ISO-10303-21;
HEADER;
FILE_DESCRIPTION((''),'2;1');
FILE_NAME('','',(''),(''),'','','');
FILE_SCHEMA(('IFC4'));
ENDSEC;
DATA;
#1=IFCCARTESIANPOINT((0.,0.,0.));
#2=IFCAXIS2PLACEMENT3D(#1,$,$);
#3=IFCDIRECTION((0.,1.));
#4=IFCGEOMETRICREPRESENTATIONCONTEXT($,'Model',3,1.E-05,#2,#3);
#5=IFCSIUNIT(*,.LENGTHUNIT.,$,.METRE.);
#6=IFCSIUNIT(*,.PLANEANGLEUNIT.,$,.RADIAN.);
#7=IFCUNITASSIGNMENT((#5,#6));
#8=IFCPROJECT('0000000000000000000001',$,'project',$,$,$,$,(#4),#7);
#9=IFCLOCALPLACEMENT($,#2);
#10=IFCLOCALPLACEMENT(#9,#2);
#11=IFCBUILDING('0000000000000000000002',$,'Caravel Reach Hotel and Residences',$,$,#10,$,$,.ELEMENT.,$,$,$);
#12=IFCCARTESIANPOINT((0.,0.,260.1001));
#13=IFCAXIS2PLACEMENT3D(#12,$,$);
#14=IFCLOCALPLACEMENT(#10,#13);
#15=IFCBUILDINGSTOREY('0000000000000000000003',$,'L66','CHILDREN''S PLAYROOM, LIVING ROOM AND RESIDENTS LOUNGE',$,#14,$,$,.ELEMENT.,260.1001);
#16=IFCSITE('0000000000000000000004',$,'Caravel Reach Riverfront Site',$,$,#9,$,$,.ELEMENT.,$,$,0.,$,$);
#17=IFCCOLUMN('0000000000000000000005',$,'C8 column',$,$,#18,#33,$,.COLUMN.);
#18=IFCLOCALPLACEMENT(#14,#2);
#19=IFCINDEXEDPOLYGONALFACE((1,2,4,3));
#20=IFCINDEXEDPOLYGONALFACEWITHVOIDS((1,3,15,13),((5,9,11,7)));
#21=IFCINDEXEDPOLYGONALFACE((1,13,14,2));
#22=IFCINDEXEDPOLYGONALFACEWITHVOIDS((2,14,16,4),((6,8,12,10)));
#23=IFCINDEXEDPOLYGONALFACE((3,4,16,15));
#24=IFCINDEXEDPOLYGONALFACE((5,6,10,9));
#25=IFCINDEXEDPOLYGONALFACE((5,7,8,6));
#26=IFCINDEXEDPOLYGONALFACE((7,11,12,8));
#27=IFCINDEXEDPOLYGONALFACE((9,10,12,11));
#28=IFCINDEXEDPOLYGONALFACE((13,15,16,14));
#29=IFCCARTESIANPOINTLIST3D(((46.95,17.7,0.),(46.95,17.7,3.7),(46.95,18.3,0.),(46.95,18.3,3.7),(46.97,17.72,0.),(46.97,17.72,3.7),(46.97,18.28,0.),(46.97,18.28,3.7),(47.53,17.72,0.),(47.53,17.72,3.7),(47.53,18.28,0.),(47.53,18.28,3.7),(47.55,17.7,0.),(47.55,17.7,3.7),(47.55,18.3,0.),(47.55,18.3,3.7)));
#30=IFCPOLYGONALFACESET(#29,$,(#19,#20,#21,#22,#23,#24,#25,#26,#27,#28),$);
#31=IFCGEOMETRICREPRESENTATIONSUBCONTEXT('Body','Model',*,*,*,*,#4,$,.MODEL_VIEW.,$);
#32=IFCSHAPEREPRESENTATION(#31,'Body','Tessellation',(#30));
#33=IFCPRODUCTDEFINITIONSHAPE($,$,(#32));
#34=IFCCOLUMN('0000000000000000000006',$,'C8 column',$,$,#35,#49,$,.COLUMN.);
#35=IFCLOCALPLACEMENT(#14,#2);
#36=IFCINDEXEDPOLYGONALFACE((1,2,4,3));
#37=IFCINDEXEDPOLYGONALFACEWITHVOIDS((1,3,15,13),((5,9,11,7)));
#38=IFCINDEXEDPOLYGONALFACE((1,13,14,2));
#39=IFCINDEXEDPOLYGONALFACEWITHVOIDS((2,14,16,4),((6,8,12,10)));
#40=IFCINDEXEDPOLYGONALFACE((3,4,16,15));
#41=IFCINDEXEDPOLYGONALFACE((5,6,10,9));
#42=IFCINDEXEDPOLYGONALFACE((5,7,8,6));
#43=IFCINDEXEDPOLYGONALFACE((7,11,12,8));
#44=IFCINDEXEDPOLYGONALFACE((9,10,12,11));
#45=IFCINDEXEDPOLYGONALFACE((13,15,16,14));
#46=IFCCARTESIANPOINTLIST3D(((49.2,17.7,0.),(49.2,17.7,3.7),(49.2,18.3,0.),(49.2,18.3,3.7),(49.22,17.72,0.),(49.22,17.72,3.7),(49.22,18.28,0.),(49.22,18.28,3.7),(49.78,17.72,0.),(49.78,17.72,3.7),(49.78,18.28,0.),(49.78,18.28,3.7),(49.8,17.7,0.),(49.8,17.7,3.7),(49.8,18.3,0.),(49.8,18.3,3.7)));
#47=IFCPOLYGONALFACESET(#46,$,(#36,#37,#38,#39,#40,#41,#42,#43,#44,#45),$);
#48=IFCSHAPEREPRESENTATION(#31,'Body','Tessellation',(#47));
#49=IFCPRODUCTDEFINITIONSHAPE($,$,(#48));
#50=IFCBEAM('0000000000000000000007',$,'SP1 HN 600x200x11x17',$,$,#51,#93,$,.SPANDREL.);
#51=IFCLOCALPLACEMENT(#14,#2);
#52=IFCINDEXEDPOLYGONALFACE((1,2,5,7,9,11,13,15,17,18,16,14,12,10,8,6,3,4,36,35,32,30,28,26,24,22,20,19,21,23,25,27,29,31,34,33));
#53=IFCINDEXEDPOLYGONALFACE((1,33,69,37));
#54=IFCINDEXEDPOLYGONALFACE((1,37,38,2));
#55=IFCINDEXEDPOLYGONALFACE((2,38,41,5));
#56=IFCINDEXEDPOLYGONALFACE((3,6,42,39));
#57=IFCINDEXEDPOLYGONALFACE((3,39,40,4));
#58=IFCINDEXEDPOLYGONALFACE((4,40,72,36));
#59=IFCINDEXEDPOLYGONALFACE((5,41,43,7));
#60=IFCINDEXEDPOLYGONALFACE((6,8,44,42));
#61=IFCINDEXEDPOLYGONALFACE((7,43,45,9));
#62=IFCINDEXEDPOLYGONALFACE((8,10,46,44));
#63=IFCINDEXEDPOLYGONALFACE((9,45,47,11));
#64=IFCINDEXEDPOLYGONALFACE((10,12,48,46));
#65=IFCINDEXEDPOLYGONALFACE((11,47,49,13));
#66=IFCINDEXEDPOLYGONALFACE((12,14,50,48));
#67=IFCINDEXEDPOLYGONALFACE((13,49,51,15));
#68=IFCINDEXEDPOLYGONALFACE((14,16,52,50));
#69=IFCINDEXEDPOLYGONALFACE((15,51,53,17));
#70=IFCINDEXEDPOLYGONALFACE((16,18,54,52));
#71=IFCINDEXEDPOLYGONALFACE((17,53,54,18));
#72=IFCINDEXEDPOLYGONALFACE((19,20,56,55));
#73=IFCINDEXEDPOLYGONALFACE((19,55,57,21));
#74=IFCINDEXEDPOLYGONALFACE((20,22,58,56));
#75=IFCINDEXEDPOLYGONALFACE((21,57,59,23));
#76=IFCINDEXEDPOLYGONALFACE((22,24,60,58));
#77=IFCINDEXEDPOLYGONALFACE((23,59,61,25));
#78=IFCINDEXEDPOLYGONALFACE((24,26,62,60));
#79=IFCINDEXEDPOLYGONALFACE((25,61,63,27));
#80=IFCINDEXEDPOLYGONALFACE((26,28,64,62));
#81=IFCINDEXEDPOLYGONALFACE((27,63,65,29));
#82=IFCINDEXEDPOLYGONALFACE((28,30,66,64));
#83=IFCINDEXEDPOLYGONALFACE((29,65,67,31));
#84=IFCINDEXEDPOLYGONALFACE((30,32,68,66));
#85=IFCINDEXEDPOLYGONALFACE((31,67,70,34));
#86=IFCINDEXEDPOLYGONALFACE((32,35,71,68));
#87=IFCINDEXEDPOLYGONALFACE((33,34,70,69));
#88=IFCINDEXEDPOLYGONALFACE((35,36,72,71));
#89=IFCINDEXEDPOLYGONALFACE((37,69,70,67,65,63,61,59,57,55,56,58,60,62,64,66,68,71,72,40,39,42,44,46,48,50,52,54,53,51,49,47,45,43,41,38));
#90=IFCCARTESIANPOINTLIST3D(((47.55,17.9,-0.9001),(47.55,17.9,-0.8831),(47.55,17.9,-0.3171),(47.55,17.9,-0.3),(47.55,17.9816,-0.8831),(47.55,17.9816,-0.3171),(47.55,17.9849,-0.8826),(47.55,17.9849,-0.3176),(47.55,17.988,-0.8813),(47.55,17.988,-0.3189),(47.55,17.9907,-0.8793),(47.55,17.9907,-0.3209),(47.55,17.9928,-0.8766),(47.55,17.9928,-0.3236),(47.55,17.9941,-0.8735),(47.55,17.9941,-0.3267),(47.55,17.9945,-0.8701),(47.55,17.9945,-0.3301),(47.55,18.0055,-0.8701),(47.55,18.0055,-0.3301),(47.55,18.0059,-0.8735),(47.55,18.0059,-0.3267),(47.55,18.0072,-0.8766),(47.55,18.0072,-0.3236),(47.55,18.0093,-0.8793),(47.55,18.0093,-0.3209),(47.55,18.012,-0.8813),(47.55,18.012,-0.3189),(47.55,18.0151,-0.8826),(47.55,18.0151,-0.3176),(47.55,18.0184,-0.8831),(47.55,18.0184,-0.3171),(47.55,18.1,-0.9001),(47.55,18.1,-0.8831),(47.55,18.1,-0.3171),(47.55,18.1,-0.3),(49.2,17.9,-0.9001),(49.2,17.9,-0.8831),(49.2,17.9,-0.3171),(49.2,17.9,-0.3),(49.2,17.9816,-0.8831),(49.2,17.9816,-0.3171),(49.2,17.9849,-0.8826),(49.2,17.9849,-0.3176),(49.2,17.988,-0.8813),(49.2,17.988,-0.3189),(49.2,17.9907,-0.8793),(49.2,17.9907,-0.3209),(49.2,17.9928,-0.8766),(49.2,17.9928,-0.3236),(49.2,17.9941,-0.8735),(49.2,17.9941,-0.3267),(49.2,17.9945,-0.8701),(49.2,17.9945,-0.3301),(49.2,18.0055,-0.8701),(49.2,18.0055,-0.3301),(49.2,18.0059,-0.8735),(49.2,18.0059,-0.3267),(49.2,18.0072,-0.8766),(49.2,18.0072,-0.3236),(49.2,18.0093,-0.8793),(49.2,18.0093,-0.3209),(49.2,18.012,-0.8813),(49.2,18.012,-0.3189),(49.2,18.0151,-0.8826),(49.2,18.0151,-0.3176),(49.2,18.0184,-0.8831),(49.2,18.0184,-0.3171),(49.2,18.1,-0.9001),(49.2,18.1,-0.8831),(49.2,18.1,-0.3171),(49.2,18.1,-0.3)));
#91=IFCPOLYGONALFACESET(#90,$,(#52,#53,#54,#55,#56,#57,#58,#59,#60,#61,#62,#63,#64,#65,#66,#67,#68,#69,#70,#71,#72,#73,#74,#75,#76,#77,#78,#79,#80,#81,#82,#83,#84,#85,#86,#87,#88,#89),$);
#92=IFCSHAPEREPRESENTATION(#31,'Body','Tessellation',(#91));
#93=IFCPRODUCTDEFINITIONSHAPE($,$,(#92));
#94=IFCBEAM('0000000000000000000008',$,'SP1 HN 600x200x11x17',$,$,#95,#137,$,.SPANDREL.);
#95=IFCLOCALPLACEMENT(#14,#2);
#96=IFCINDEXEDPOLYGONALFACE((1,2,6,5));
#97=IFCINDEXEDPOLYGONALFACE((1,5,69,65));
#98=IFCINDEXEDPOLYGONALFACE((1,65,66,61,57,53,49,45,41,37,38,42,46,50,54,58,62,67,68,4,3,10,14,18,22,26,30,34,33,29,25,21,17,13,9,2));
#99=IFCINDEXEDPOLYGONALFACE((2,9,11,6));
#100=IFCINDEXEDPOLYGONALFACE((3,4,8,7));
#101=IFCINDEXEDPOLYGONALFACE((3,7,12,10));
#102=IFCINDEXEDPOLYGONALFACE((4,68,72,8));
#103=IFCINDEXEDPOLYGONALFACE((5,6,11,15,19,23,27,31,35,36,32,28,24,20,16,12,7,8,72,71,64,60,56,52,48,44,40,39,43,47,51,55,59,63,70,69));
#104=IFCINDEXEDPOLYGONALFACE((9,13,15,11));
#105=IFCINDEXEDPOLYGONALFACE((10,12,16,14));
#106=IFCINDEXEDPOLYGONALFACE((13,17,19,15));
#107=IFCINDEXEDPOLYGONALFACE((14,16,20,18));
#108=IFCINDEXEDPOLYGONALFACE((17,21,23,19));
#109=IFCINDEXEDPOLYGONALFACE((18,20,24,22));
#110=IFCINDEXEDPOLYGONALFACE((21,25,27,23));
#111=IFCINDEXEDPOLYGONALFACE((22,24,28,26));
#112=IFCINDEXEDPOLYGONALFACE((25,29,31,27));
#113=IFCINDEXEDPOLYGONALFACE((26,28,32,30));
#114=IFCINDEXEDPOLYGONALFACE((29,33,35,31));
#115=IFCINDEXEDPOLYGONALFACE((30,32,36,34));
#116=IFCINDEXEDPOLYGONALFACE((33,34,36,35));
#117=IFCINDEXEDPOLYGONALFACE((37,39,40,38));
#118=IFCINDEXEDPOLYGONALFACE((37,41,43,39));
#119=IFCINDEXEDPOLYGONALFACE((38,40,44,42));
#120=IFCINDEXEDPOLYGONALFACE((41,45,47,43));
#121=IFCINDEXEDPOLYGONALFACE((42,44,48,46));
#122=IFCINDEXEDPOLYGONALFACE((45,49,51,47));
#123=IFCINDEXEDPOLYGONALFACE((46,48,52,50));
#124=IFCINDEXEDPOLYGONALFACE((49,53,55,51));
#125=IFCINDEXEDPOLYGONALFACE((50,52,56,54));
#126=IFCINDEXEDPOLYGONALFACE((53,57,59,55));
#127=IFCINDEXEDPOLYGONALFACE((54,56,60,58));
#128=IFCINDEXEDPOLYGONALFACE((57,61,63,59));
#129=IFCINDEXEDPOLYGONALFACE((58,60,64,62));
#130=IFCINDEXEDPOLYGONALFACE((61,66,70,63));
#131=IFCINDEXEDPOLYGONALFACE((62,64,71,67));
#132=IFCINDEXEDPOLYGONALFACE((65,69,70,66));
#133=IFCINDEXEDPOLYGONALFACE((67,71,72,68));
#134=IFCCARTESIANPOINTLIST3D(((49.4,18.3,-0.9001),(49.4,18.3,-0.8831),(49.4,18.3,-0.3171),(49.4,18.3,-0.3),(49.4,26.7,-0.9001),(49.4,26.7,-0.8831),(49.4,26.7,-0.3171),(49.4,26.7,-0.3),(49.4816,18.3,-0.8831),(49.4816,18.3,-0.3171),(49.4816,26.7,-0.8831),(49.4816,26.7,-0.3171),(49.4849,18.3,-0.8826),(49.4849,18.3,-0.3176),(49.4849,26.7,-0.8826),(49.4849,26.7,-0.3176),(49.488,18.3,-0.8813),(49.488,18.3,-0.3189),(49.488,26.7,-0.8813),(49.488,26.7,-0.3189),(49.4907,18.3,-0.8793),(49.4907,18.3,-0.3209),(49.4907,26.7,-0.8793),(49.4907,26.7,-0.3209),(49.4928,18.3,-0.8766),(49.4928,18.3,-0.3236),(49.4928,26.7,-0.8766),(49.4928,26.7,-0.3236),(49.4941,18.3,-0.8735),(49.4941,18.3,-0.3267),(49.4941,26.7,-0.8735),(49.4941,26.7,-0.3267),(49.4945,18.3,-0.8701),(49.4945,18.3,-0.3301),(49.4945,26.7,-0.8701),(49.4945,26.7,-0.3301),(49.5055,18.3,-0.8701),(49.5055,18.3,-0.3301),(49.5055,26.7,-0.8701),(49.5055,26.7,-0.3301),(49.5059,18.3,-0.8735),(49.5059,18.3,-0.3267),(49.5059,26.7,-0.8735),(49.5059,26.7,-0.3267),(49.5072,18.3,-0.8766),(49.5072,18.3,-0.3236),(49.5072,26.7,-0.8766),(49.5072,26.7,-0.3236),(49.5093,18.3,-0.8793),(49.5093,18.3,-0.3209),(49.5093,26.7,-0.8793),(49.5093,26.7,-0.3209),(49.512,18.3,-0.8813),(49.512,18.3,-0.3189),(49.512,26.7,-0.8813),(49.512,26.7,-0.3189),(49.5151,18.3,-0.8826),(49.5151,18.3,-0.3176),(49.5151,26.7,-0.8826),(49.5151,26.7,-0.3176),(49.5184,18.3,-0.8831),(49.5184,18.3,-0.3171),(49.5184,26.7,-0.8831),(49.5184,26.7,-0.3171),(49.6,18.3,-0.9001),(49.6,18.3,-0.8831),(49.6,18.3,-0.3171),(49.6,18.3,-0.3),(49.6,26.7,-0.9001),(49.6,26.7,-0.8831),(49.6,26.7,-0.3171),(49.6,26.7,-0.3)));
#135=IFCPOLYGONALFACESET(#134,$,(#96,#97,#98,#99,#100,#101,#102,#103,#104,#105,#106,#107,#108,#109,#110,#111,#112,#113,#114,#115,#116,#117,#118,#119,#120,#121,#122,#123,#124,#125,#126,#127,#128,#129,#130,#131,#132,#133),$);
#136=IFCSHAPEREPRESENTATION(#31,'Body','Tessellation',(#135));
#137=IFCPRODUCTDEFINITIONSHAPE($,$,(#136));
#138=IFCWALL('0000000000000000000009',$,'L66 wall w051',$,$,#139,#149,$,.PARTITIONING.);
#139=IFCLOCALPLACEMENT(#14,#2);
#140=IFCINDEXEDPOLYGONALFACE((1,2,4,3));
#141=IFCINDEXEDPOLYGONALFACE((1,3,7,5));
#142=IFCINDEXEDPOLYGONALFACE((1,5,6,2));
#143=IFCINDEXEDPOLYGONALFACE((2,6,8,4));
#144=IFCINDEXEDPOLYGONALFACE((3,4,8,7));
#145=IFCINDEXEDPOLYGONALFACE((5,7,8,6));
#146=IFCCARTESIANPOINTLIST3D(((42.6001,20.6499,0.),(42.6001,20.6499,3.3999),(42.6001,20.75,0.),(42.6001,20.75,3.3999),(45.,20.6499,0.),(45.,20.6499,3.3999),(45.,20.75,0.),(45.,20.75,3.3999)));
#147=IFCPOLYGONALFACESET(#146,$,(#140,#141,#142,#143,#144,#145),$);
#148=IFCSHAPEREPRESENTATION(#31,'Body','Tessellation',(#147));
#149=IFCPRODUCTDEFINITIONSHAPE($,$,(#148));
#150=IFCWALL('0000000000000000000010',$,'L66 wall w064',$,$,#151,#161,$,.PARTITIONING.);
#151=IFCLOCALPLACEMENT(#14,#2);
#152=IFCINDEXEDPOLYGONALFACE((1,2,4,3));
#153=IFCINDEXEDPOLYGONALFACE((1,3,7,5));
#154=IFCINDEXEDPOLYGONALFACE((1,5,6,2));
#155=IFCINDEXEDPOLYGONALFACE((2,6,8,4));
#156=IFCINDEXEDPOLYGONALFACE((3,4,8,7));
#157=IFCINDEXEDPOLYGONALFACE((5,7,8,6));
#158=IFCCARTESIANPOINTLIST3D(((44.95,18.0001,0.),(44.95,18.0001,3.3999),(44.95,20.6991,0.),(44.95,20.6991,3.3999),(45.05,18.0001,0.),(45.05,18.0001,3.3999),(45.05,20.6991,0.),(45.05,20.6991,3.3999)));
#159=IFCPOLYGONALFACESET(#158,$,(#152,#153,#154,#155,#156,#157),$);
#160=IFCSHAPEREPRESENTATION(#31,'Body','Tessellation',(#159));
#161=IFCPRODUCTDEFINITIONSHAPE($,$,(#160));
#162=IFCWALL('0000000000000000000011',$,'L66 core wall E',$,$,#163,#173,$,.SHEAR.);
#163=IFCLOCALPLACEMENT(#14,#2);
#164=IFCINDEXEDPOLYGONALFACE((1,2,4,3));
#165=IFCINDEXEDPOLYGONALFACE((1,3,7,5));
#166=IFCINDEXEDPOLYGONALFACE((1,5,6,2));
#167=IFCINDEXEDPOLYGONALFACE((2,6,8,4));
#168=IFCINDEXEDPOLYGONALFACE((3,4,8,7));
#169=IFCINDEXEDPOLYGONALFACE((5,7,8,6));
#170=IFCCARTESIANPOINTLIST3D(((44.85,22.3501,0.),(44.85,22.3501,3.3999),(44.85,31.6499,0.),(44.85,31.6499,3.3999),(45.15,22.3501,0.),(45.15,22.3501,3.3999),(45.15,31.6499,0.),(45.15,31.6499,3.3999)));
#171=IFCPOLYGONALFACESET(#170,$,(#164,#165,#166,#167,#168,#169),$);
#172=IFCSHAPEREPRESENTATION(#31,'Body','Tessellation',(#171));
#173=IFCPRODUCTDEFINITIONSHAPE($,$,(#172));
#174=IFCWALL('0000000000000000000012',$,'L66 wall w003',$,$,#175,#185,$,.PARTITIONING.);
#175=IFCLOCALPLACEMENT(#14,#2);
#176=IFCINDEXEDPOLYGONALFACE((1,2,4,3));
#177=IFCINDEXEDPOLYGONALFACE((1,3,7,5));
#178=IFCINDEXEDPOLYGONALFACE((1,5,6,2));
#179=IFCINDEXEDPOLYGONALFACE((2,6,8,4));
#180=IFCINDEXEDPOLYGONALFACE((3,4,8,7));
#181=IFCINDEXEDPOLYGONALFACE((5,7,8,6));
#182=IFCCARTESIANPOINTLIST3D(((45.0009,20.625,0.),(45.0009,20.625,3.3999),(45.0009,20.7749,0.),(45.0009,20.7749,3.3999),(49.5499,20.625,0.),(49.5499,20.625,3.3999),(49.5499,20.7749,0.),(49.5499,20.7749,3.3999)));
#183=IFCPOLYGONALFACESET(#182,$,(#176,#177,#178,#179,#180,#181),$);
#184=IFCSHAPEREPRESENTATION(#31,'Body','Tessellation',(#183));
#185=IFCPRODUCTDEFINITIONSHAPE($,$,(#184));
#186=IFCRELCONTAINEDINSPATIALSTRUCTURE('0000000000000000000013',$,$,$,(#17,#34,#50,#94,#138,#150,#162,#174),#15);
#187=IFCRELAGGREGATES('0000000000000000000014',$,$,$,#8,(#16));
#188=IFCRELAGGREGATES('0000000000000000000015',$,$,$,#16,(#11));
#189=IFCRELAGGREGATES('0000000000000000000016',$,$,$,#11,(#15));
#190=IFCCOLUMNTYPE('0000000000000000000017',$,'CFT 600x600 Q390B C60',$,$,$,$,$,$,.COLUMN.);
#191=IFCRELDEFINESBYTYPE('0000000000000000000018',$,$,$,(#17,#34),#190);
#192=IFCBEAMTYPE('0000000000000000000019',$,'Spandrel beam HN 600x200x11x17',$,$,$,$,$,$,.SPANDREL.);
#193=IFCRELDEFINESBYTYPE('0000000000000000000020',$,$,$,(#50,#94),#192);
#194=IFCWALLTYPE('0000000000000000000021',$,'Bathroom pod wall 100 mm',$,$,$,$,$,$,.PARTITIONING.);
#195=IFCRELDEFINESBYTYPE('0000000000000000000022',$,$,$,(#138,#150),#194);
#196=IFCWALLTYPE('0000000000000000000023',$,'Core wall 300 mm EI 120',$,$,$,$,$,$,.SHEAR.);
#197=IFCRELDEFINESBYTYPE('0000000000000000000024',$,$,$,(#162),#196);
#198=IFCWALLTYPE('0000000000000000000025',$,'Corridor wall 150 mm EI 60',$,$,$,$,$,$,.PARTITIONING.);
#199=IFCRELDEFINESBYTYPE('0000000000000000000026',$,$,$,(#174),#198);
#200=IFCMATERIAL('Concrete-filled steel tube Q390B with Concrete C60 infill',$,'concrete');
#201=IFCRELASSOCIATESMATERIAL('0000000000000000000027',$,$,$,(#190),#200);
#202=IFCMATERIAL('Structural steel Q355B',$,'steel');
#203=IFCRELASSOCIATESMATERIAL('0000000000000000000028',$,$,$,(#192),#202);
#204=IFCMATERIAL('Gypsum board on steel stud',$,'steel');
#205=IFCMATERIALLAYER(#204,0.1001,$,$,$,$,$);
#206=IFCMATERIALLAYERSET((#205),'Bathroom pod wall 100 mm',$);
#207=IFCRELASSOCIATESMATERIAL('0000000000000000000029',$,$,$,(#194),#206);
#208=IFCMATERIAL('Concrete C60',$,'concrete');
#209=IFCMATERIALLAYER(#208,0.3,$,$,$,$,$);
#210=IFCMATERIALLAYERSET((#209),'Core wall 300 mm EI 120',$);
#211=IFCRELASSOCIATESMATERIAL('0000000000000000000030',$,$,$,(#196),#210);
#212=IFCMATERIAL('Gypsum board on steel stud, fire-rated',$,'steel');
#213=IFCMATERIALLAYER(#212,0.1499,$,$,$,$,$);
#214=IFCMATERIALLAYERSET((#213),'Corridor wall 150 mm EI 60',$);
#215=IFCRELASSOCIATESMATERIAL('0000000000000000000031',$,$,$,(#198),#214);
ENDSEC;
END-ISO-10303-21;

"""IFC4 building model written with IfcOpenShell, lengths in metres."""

from ifc_helpers import new_model, si_unit, direction, frame, frame_2d, origin, origin_2d, place, context, subcontext, project, spatial, rectangle, hollow_rectangle, i_section, extrude, material, layer, layer_set, material_profile, profile_set, type_object, element, save


model = new_model("IFC4")

# Units and contexts
model_context = context("Model", 3, precision=1e-05, world=origin(), true_north=direction((0.0, 1.0)))
body_context = subcontext(model_context, "Body", "Model", "MODEL_VIEW")
ifc_project = project(units=[si_unit("LENGTHUNIT", "METRE"), si_unit("PLANEANGLEUNIT", "RADIAN")], contexts=[model_context])

# Site, building, storey
site_placement = place(None, origin())
site = spatial("IfcSite", under=ifc_project, at=site_placement, Name="Caravel Reach Riverfront Site", CompositionType="ELEMENT", RefElevation=0.0)
building_placement = place(site_placement, origin())
building = spatial("IfcBuilding", under=site, at=building_placement, Name="Caravel Reach Hotel and Residences", CompositionType="ELEMENT")
storey_placement = place(building_placement, frame((0.0, 0.0, 260.1001)))
storey = spatial("IfcBuildingStorey", under=building, at=storey_placement, Name="L66", Description="CHILDREN'S PLAYROOM, LIVING ROOM AND RESIDENTS LOUNGE", CompositionType="ELEMENT", Elevation=260.1001)

# Columns
ifc_material_1 = material(Name="Concrete-filled steel tube Q390B with Concrete C60 infill", Category="concrete")
ifc_material_profile_1 = material_profile(ifc_material_1, hollow_rectangle(XDim=0.6001, YDim=0.6001, WallThickness=0.02, at=origin_2d()), Name="RHS 600x600x20")
ifc_profile_set_1 = profile_set([ifc_material_profile_1], Name="Concrete-filled steel tube Q390B with Concrete C60 infill")
column_type = type_object("IfcColumnType", Name="CFT 600x600 Q390B C60", PredefinedType="COLUMN", material=ifc_profile_set_1)
for number, where, z_axis, x_axis, name in (
    (1, (47.25, 18.0, 0.0), (0.0, 0.0, 1.0), (1.0, 0.0, 0.0), "C8 column"),
    (2, (49.5, 18.0, 0.0), (0.0, 0.0, 1.0), (1.0, 0.0, 0.0), "C8 column"),
):
    element("IfcColumn", number, at=place(storey_placement, frame(where, z_axis=z_axis, x_axis=x_axis)), inside=storey, type_object=column_type, Name=name, PredefinedType="COLUMN", context=body_context, shape_type="SweptSolid", body=[
        extrude(hollow_rectangle(XDim=0.6001, YDim=0.6001, WallThickness=0.02, at=origin_2d()), origin(), (0.0, 0.0, 1.0), 3.7),
    ])

# Beams
ifc_material_2 = material(Name="Structural steel Q355B", Category="steel")
ifc_material_profile_2 = material_profile(ifc_material_2, i_section(OverallWidth=0.2, OverallDepth=0.6001, WebThickness=0.011, FlangeThickness=0.0171, FilletRadius=0.0129, at=origin_2d()), Name="HN 600x200x11x17")
ifc_profile_set_2 = profile_set([ifc_material_profile_2], Name="Structural steel Q355B")
beam_type = type_object("IfcBeamType", Name="Spandrel beam HN 600x200x11x17", PredefinedType="SPANDREL", material=ifc_profile_set_2)
beam_1_placement = place(storey_placement, frame((47.55, 18.0, -0.6001), z_axis=(1.0, 0.0, 0.0), x_axis=(0.0, 1.0, 0.0)))
element("IfcBeam", 3, at=beam_1_placement, inside=storey, type_object=beam_type, Name="SP1 HN 600x200x11x17", PredefinedType="SPANDREL", context=body_context, shape_type="SweptSolid", body=[
    extrude(i_section(OverallWidth=0.2, OverallDepth=0.6001, WebThickness=0.011, FlangeThickness=0.0171, FilletRadius=0.0129, at=origin_2d()), origin(), (0.0, 0.0, 1.0), 1.6499),
])
beam_2_placement = place(storey_placement, frame((49.5, 18.3, -0.6001), z_axis=(0.0, 1.0, 0.0), x_axis=(-1.0, 0.0, 0.0)))
element("IfcBeam", 4, at=beam_2_placement, inside=storey, type_object=beam_type, Name="SP1 HN 600x200x11x17", PredefinedType="SPANDREL", context=body_context, shape_type="SweptSolid", body=[
    extrude(i_section(OverallWidth=0.2, OverallDepth=0.6001, WebThickness=0.011, FlangeThickness=0.0171, FilletRadius=0.0129, at=origin_2d()), origin(), (0.0, 0.0, 1.0), 8.3999),
])

# Walls
ifc_material_3 = material(Name="Gypsum board on steel stud", Category="steel")
ifc_layer_1 = layer(ifc_material_3, 0.1001)
ifc_layer_set_1 = layer_set([ifc_layer_1], Name="Bathroom pod wall 100 mm")
wall_type_1 = type_object("IfcWallType", Name="Bathroom pod wall 100 mm", PredefinedType="PARTITIONING", material=ifc_layer_set_1)
wall_1_placement = place(storey_placement, frame((42.6001, 20.7, 0.0), z_axis=(0.0, 0.0, 1.0), x_axis=(1.0, 0.0, 0.0)))
element("IfcWall", 5, at=wall_1_placement, inside=storey, type_object=wall_type_1, Name="L66 wall w051", PredefinedType="PARTITIONING", context=body_context, shape_type="SweptSolid", body=[
    extrude(rectangle(XDim=2.3999, YDim=0.1001, at=frame_2d((1.2, 0.0))), origin(), (0.0, 0.0, 1.0), 3.3999),
])
wall_2_placement = place(storey_placement, frame((45.0, 18.0, 0.0), z_axis=(0.0, 0.0, 1.0), x_axis=(0.0, 1.0, 0.0)))
element("IfcWall", 6, at=wall_2_placement, inside=storey, type_object=wall_type_1, Name="L66 wall w064", PredefinedType="PARTITIONING", context=body_context, shape_type="SweptSolid", body=[
    extrude(rectangle(XDim=2.699, YDim=0.1001, at=frame_2d((1.3496, 0.0))), origin(), (0.0, 0.0, 1.0), 3.3999),
])
ifc_material_4 = material(Name="Concrete C60", Category="concrete")
ifc_layer_2 = layer(ifc_material_4, 0.3)
ifc_layer_set_2 = layer_set([ifc_layer_2], Name="Core wall 300 mm EI 120")
wall_type_2 = type_object("IfcWallType", Name="Core wall 300 mm EI 120", PredefinedType="SHEAR", material=ifc_layer_set_2)
wall_3_placement = place(storey_placement, frame((45.0, 22.3501, 0.0), z_axis=(0.0, 0.0, 1.0), x_axis=(0.0, 1.0, 0.0)))
element("IfcWall", 7, at=wall_3_placement, inside=storey, type_object=wall_type_2, Name="L66 core wall E", PredefinedType="SHEAR", context=body_context, shape_type="SweptSolid", body=[
    extrude(rectangle(XDim=9.2998, YDim=0.3, at=frame_2d((4.6499, 0.0))), origin(), (0.0, 0.0, 1.0), 3.3999),
])
ifc_material_5 = material(Name="Gypsum board on steel stud, fire-rated", Category="steel")
ifc_layer_3 = layer(ifc_material_5, 0.1499)
ifc_layer_set_3 = layer_set([ifc_layer_3], Name="Corridor wall 150 mm EI 60")
wall_type_3 = type_object("IfcWallType", Name="Corridor wall 150 mm EI 60", PredefinedType="PARTITIONING", material=ifc_layer_set_3)
wall_4_placement = place(storey_placement, frame((45.001, 20.7, 0.0), z_axis=(0.0, 0.0, 1.0), x_axis=(1.0, 0.0, 0.0)))
element("IfcWall", 8, at=wall_4_placement, inside=storey, type_object=wall_type_3, Name="L66 wall w003", PredefinedType="PARTITIONING", context=body_context, shape_type="SweptSolid", body=[
    extrude(rectangle(XDim=4.5491, YDim=0.1499, at=frame_2d((2.2744, 0.0))), origin(), (0.0, 0.0, 1.0), 3.3999),
])

save(model, "model.ifc")
